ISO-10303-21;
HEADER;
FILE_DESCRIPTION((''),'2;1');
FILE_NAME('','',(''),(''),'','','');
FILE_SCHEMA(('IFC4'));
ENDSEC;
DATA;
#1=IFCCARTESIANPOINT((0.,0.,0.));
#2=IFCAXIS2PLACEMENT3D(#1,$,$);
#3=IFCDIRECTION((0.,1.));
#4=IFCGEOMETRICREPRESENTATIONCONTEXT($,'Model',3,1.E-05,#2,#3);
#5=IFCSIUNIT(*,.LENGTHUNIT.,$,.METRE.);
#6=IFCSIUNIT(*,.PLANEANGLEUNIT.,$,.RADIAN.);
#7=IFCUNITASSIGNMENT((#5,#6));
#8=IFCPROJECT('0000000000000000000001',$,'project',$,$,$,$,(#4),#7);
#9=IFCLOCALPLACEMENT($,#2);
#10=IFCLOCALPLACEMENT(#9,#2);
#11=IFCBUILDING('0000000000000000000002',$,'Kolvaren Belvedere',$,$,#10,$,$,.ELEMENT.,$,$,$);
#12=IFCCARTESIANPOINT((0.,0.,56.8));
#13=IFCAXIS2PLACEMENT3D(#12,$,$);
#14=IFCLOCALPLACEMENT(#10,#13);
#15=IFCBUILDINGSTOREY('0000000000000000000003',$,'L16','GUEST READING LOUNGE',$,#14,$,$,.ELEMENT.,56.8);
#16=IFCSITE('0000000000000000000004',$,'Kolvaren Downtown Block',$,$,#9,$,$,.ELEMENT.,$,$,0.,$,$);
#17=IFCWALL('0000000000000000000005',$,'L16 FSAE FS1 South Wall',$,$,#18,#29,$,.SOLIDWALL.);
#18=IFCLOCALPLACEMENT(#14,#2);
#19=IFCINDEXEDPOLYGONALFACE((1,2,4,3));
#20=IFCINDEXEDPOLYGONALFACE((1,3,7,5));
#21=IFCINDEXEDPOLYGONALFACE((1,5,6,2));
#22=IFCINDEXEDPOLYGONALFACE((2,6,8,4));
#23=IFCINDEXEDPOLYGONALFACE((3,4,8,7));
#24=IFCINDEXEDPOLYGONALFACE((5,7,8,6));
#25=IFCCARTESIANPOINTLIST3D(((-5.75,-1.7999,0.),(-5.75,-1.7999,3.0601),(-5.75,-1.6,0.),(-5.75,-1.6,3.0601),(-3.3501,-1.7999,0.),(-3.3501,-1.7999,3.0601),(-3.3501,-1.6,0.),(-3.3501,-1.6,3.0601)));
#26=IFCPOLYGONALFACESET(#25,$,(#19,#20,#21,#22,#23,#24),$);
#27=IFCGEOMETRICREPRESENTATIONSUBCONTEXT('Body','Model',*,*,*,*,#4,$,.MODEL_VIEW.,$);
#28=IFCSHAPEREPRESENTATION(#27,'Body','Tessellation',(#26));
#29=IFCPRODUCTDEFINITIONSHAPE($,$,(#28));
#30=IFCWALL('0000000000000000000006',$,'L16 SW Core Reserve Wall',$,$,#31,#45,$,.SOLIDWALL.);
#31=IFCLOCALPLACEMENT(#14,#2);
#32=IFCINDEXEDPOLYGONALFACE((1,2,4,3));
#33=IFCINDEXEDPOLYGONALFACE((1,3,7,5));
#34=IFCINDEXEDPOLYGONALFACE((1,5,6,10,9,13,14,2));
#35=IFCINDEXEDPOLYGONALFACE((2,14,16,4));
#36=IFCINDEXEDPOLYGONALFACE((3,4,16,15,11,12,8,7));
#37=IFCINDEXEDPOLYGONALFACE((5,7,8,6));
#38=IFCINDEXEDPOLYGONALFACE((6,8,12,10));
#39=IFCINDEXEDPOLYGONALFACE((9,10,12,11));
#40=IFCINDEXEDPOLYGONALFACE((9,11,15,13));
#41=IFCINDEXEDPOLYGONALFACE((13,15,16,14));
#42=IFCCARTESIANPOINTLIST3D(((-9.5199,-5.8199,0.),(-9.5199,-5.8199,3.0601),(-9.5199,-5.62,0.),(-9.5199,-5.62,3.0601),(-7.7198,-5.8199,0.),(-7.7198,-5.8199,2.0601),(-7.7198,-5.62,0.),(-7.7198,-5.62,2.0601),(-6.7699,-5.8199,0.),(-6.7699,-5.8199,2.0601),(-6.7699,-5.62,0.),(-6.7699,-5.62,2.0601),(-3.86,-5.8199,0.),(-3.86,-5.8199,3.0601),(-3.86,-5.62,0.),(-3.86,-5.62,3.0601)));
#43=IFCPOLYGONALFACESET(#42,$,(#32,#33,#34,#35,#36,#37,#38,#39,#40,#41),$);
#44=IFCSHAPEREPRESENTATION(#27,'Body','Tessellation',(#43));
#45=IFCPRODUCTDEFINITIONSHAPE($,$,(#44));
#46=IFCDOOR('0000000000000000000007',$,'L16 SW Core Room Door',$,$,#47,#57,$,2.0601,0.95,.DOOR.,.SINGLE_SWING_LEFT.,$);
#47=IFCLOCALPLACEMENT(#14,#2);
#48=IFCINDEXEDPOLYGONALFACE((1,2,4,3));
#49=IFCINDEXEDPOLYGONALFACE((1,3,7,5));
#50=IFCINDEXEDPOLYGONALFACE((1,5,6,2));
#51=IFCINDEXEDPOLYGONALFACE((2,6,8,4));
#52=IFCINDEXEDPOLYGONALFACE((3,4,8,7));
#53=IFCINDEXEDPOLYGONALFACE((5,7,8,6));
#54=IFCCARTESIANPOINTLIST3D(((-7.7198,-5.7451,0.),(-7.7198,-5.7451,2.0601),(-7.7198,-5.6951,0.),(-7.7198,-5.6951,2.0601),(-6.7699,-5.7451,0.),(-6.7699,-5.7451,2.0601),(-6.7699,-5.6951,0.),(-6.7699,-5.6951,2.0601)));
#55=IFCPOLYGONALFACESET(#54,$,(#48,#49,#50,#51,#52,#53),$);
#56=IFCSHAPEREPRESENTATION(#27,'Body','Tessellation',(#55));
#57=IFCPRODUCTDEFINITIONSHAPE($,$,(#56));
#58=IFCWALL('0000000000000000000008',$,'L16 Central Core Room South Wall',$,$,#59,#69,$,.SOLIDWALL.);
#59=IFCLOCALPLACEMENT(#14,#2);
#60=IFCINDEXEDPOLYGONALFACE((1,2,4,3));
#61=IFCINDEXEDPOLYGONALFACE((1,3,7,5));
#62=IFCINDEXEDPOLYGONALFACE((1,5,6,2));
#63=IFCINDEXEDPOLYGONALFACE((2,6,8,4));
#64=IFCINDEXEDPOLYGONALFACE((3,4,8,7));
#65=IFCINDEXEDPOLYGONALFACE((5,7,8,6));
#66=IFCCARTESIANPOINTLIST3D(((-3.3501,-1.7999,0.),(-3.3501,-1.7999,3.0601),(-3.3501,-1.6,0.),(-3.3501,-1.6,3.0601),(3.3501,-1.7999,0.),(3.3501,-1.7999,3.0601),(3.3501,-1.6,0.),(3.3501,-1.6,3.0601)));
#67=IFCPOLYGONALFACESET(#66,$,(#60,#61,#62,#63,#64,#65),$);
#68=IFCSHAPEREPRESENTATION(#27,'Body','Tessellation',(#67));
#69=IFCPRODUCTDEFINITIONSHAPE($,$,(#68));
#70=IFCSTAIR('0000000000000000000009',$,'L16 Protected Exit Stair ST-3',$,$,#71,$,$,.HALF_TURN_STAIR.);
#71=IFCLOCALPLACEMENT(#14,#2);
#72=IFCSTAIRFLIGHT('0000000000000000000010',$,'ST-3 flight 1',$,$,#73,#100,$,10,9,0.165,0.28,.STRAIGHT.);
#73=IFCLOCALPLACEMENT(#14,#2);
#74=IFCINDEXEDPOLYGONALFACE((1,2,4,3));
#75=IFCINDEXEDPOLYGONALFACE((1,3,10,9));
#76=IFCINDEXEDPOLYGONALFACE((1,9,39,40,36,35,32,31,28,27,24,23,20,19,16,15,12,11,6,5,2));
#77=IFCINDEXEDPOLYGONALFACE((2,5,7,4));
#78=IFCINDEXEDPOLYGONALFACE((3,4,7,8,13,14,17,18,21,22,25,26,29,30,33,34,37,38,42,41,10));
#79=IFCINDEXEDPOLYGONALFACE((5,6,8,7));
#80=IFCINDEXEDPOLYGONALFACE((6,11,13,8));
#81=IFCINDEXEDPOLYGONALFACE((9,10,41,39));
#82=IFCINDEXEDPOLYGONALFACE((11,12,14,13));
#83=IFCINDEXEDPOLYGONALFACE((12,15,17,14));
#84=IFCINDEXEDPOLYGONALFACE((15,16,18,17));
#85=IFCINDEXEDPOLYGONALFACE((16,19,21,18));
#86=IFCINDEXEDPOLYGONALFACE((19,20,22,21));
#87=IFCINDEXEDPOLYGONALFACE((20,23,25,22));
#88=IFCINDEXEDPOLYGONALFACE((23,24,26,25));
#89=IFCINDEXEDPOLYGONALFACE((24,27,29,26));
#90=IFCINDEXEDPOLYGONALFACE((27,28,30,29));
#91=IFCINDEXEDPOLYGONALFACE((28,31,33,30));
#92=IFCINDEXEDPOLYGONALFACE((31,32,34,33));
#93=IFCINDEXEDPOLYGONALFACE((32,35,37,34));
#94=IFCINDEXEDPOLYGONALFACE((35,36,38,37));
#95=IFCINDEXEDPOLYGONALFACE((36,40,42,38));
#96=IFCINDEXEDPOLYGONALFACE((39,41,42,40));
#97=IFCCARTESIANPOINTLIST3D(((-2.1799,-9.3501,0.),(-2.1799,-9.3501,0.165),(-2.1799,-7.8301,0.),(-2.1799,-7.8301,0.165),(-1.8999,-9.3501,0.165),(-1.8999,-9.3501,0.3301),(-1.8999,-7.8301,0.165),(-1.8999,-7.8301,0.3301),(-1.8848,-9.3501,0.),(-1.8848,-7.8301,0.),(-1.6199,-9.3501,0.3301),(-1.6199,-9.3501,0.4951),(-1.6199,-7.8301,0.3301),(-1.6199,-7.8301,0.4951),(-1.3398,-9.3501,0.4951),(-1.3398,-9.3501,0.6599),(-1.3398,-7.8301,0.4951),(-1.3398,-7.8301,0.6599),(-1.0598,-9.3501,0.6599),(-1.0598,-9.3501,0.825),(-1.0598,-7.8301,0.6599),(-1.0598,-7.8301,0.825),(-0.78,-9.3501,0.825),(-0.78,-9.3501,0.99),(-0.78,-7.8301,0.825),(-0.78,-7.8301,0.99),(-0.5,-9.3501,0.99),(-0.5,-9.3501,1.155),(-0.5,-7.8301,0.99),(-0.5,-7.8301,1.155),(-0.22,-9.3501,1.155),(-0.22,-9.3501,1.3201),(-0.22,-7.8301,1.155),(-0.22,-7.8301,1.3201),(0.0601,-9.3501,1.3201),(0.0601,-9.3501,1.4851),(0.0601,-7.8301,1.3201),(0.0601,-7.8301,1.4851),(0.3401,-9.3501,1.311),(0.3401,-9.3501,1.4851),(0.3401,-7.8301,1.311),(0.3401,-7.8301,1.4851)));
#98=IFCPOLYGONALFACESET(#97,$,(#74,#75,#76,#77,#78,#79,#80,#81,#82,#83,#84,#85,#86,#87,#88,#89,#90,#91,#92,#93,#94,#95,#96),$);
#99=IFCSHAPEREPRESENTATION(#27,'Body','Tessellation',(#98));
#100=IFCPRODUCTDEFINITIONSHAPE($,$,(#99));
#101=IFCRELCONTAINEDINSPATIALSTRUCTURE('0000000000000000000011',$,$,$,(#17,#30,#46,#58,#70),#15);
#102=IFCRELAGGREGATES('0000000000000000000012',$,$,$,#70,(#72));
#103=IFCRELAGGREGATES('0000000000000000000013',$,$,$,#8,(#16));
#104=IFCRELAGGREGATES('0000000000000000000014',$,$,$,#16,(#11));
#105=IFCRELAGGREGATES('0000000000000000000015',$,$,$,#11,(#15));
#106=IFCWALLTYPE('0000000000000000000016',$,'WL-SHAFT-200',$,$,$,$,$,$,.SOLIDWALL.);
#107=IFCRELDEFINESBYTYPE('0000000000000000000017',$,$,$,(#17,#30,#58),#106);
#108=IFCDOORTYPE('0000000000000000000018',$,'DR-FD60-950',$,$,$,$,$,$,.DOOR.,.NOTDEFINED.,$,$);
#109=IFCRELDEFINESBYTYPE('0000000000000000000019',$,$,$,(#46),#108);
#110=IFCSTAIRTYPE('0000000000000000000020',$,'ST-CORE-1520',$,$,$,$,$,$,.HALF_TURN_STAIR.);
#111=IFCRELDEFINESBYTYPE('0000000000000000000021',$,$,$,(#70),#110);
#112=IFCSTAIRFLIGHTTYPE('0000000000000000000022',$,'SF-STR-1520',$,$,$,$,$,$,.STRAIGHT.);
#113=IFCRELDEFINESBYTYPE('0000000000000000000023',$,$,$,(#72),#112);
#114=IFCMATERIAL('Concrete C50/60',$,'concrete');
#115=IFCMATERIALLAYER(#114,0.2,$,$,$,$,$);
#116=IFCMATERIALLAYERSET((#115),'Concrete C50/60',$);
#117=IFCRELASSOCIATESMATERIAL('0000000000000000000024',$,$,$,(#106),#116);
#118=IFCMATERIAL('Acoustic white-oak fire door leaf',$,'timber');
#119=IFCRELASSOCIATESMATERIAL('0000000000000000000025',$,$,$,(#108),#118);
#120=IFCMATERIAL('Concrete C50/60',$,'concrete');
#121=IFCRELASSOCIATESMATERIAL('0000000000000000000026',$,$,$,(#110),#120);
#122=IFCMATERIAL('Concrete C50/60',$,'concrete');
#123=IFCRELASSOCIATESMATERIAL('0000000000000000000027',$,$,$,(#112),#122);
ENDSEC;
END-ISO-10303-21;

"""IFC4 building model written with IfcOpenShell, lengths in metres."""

from ifc_helpers import new_model, si_unit, direction, frame, frame_2d, origin, place, context, subcontext, project, spatial, polyline, rectangle, outline, extrude, material, layer, layer_set, type_object, element, fill, aggregate, save


model = new_model("IFC4")

# Units and contexts
model_context = context("Model", 3, precision=1e-05, world=origin(), true_north=direction((0.0, 1.0)))
body_context = subcontext(model_context, "Body", "Model", "MODEL_VIEW")
ifc_project = project(units=[si_unit("LENGTHUNIT", "METRE"), si_unit("PLANEANGLEUNIT", "RADIAN")], contexts=[model_context])

# Site, building, storey
site_placement = place(None, origin())
site = spatial("IfcSite", under=ifc_project, at=site_placement, Name="Kolvaren Downtown Block", CompositionType="ELEMENT", RefElevation=0.0)
building_placement = place(site_placement, origin())
building = spatial("IfcBuilding", under=site, at=building_placement, Name="Kolvaren Belvedere", CompositionType="ELEMENT")
storey_placement = place(building_placement, frame((0.0, 0.0, 56.8)))
storey = spatial("IfcBuildingStorey", under=building, at=storey_placement, Name="L16", Description="GUEST READING LOUNGE", CompositionType="ELEMENT", Elevation=56.8)

# Shared definitions
ifc_material_1 = material(Name="Concrete C50/60", Category="concrete")
ifc_layer_1 = layer(ifc_material_1, 0.2)
ifc_layer_set_1 = layer_set([ifc_layer_1], Name="Concrete C50/60")
wall_type_1 = type_object("IfcWallType", Name="WL-SHAFT-200", PredefinedType="SOLIDWALL", material=ifc_layer_set_1)
ifc_material_2 = material(Name="Acoustic white-oak fire door leaf", Category="timber")
door_type_1 = type_object("IfcDoorType", Name="DR-FD60-950", OperationType="NOTDEFINED", PredefinedType="DOOR", material=ifc_material_2)

# Wall
wall_1_placement = place(storey_placement, frame((-5.75, -1.7, 0.0), z_axis=(0.0, 0.0, 1.0), x_axis=(1.0, 0.0, 0.0)))
element("IfcWall", 1, at=wall_1_placement, inside=storey, type_object=wall_type_1, Name="L16 FSAE FS1 South Wall", PredefinedType="SOLIDWALL", context=body_context, shape_type="SweptSolid", body=[
    extrude(rectangle(XDim=2.3999, YDim=0.2, at=frame_2d((1.2, 0.0))), origin(), (0.0, 0.0, 1.0), 3.0601),
])

# Wall, opening, door
wall_2_placement = place(storey_placement, frame((-9.52, -5.72, 0.0), z_axis=(0.0, 0.0, 1.0), x_axis=(1.0, 0.0, 0.0)))
wall_2 = element("IfcWall", 2, at=wall_2_placement, inside=storey, type_object=wall_type_1, Name="L16 SW Core Reserve Wall", PredefinedType="SOLIDWALL", context=body_context, shape_type="SweptSolid", body=[
    extrude(rectangle(XDim=5.6599, YDim=0.2, at=frame_2d((2.8301, 0.0))), origin(), (0.0, 0.0, 1.0), 3.0601),
])
opening_1_placement = place(wall_2_placement, frame((1.8, 0.0, 0.0)))
opening_1 = element("IfcOpeningElement", 3, at=opening_1_placement, cuts=wall_2, PredefinedType="OPENING", context=body_context, shape_type="SweptSolid", body=[
    extrude(rectangle(XDim=0.95, YDim=2.0601, at=frame_2d((0.4751, 1.03))), frame((0.0, 0.1099, 0.0), z_axis=(0.0, -1.0, 0.0), x_axis=(1.0, 0.0, 0.0)), (0.0, 0.0, 1.0), 0.22),
])
door_1_placement = place(opening_1_placement, origin())
door_1 = element("IfcDoor", 4, at=door_1_placement, inside=storey, type_object=door_type_1, Name="L16 SW Core Room Door", OperationType="SINGLE_SWING_LEFT", OverallHeight=2.0601, OverallWidth=0.95, PredefinedType="DOOR", context=body_context, shape_type="SweptSolid", body=[
    extrude(rectangle(XDim=0.95, YDim=2.0601, at=frame_2d((0.4751, 1.03))), frame((0.0, 0.0249, 0.0), z_axis=(0.0, -1.0, 0.0), x_axis=(1.0, 0.0, 0.0)), (0.0, 0.0, 1.0), 0.05),
])
fill(opening_1, door_1)

# Wall
wall_3_placement = place(storey_placement, frame((-3.3501, -1.7, 0.0), z_axis=(0.0, 0.0, 1.0), x_axis=(1.0, 0.0, 0.0)))
element("IfcWall", 5, at=wall_3_placement, inside=storey, type_object=wall_type_1, Name="L16 Central Core Room South Wall", PredefinedType="SOLIDWALL", context=body_context, shape_type="SweptSolid", body=[
    extrude(rectangle(XDim=6.7002, YDim=0.2, at=frame_2d((3.3501, 0.0))), origin(), (0.0, 0.0, 1.0), 3.0601),
])

# Stair, stair flight
ifc_material_3 = material(Name="Concrete C50/60", Category="concrete")
stair_type = type_object("IfcStairType", Name="ST-CORE-1520", PredefinedType="HALF_TURN_STAIR", material=ifc_material_3)
stair_placement = place(storey_placement, origin())
stair = element("IfcStair", 6, at=stair_placement, inside=storey, type_object=stair_type, Name="L16 Protected Exit Stair ST-3", PredefinedType="HALF_TURN_STAIR")
ifc_material_4 = material(Name="Concrete C50/60", Category="concrete")
stair_flight_type = type_object("IfcStairFlightType", Name="SF-STR-1520", PredefinedType="STRAIGHT", material=ifc_material_4)
stair_flight_placement = place(storey_placement, frame((-2.1799, -8.5901, 0.0), z_axis=(0.0, 0.0, 1.0), x_axis=(1.0, 0.0, 0.0)))
stair_flight = element("IfcStairFlight", 7, at=stair_flight_placement, type_object=stair_flight_type, Name="ST-3 flight 1", NumberOfRisers=10, NumberOfTreads=9, PredefinedType="STRAIGHT", RiserHeight=0.165, TreadLength=0.28, context=body_context, shape_type="SweptSolid", body=[
    extrude(outline(polyline([(0.0, 0.0), (0.0, 0.165), (0.28, 0.165), (0.28, 0.3301), (0.5601, 0.3301), (0.5601, 0.4951), (0.8401, 0.4951), (0.8401, 0.6599), (1.1201, 0.6599), (1.1201, 0.825), (1.3999, 0.825), (1.3999, 0.99), (1.6799, 0.99), (1.6799, 1.155), (1.96, 1.155), (1.96, 1.3201), (2.24, 1.3201), (2.24, 1.4851), (2.52, 1.4851), (2.52, 1.6499), (2.52, 1.311), (0.2952, 0.0), (0.0, 0.0)])), frame((0.0, 0.76, 0.0), z_axis=(0.0, -1.0, 0.0), x_axis=(1.0, 0.0, 0.0)), (0.0, 0.0, 1.0), 1.52),
])
aggregate(stair, [stair_flight])

save(model, "model.ifc")
